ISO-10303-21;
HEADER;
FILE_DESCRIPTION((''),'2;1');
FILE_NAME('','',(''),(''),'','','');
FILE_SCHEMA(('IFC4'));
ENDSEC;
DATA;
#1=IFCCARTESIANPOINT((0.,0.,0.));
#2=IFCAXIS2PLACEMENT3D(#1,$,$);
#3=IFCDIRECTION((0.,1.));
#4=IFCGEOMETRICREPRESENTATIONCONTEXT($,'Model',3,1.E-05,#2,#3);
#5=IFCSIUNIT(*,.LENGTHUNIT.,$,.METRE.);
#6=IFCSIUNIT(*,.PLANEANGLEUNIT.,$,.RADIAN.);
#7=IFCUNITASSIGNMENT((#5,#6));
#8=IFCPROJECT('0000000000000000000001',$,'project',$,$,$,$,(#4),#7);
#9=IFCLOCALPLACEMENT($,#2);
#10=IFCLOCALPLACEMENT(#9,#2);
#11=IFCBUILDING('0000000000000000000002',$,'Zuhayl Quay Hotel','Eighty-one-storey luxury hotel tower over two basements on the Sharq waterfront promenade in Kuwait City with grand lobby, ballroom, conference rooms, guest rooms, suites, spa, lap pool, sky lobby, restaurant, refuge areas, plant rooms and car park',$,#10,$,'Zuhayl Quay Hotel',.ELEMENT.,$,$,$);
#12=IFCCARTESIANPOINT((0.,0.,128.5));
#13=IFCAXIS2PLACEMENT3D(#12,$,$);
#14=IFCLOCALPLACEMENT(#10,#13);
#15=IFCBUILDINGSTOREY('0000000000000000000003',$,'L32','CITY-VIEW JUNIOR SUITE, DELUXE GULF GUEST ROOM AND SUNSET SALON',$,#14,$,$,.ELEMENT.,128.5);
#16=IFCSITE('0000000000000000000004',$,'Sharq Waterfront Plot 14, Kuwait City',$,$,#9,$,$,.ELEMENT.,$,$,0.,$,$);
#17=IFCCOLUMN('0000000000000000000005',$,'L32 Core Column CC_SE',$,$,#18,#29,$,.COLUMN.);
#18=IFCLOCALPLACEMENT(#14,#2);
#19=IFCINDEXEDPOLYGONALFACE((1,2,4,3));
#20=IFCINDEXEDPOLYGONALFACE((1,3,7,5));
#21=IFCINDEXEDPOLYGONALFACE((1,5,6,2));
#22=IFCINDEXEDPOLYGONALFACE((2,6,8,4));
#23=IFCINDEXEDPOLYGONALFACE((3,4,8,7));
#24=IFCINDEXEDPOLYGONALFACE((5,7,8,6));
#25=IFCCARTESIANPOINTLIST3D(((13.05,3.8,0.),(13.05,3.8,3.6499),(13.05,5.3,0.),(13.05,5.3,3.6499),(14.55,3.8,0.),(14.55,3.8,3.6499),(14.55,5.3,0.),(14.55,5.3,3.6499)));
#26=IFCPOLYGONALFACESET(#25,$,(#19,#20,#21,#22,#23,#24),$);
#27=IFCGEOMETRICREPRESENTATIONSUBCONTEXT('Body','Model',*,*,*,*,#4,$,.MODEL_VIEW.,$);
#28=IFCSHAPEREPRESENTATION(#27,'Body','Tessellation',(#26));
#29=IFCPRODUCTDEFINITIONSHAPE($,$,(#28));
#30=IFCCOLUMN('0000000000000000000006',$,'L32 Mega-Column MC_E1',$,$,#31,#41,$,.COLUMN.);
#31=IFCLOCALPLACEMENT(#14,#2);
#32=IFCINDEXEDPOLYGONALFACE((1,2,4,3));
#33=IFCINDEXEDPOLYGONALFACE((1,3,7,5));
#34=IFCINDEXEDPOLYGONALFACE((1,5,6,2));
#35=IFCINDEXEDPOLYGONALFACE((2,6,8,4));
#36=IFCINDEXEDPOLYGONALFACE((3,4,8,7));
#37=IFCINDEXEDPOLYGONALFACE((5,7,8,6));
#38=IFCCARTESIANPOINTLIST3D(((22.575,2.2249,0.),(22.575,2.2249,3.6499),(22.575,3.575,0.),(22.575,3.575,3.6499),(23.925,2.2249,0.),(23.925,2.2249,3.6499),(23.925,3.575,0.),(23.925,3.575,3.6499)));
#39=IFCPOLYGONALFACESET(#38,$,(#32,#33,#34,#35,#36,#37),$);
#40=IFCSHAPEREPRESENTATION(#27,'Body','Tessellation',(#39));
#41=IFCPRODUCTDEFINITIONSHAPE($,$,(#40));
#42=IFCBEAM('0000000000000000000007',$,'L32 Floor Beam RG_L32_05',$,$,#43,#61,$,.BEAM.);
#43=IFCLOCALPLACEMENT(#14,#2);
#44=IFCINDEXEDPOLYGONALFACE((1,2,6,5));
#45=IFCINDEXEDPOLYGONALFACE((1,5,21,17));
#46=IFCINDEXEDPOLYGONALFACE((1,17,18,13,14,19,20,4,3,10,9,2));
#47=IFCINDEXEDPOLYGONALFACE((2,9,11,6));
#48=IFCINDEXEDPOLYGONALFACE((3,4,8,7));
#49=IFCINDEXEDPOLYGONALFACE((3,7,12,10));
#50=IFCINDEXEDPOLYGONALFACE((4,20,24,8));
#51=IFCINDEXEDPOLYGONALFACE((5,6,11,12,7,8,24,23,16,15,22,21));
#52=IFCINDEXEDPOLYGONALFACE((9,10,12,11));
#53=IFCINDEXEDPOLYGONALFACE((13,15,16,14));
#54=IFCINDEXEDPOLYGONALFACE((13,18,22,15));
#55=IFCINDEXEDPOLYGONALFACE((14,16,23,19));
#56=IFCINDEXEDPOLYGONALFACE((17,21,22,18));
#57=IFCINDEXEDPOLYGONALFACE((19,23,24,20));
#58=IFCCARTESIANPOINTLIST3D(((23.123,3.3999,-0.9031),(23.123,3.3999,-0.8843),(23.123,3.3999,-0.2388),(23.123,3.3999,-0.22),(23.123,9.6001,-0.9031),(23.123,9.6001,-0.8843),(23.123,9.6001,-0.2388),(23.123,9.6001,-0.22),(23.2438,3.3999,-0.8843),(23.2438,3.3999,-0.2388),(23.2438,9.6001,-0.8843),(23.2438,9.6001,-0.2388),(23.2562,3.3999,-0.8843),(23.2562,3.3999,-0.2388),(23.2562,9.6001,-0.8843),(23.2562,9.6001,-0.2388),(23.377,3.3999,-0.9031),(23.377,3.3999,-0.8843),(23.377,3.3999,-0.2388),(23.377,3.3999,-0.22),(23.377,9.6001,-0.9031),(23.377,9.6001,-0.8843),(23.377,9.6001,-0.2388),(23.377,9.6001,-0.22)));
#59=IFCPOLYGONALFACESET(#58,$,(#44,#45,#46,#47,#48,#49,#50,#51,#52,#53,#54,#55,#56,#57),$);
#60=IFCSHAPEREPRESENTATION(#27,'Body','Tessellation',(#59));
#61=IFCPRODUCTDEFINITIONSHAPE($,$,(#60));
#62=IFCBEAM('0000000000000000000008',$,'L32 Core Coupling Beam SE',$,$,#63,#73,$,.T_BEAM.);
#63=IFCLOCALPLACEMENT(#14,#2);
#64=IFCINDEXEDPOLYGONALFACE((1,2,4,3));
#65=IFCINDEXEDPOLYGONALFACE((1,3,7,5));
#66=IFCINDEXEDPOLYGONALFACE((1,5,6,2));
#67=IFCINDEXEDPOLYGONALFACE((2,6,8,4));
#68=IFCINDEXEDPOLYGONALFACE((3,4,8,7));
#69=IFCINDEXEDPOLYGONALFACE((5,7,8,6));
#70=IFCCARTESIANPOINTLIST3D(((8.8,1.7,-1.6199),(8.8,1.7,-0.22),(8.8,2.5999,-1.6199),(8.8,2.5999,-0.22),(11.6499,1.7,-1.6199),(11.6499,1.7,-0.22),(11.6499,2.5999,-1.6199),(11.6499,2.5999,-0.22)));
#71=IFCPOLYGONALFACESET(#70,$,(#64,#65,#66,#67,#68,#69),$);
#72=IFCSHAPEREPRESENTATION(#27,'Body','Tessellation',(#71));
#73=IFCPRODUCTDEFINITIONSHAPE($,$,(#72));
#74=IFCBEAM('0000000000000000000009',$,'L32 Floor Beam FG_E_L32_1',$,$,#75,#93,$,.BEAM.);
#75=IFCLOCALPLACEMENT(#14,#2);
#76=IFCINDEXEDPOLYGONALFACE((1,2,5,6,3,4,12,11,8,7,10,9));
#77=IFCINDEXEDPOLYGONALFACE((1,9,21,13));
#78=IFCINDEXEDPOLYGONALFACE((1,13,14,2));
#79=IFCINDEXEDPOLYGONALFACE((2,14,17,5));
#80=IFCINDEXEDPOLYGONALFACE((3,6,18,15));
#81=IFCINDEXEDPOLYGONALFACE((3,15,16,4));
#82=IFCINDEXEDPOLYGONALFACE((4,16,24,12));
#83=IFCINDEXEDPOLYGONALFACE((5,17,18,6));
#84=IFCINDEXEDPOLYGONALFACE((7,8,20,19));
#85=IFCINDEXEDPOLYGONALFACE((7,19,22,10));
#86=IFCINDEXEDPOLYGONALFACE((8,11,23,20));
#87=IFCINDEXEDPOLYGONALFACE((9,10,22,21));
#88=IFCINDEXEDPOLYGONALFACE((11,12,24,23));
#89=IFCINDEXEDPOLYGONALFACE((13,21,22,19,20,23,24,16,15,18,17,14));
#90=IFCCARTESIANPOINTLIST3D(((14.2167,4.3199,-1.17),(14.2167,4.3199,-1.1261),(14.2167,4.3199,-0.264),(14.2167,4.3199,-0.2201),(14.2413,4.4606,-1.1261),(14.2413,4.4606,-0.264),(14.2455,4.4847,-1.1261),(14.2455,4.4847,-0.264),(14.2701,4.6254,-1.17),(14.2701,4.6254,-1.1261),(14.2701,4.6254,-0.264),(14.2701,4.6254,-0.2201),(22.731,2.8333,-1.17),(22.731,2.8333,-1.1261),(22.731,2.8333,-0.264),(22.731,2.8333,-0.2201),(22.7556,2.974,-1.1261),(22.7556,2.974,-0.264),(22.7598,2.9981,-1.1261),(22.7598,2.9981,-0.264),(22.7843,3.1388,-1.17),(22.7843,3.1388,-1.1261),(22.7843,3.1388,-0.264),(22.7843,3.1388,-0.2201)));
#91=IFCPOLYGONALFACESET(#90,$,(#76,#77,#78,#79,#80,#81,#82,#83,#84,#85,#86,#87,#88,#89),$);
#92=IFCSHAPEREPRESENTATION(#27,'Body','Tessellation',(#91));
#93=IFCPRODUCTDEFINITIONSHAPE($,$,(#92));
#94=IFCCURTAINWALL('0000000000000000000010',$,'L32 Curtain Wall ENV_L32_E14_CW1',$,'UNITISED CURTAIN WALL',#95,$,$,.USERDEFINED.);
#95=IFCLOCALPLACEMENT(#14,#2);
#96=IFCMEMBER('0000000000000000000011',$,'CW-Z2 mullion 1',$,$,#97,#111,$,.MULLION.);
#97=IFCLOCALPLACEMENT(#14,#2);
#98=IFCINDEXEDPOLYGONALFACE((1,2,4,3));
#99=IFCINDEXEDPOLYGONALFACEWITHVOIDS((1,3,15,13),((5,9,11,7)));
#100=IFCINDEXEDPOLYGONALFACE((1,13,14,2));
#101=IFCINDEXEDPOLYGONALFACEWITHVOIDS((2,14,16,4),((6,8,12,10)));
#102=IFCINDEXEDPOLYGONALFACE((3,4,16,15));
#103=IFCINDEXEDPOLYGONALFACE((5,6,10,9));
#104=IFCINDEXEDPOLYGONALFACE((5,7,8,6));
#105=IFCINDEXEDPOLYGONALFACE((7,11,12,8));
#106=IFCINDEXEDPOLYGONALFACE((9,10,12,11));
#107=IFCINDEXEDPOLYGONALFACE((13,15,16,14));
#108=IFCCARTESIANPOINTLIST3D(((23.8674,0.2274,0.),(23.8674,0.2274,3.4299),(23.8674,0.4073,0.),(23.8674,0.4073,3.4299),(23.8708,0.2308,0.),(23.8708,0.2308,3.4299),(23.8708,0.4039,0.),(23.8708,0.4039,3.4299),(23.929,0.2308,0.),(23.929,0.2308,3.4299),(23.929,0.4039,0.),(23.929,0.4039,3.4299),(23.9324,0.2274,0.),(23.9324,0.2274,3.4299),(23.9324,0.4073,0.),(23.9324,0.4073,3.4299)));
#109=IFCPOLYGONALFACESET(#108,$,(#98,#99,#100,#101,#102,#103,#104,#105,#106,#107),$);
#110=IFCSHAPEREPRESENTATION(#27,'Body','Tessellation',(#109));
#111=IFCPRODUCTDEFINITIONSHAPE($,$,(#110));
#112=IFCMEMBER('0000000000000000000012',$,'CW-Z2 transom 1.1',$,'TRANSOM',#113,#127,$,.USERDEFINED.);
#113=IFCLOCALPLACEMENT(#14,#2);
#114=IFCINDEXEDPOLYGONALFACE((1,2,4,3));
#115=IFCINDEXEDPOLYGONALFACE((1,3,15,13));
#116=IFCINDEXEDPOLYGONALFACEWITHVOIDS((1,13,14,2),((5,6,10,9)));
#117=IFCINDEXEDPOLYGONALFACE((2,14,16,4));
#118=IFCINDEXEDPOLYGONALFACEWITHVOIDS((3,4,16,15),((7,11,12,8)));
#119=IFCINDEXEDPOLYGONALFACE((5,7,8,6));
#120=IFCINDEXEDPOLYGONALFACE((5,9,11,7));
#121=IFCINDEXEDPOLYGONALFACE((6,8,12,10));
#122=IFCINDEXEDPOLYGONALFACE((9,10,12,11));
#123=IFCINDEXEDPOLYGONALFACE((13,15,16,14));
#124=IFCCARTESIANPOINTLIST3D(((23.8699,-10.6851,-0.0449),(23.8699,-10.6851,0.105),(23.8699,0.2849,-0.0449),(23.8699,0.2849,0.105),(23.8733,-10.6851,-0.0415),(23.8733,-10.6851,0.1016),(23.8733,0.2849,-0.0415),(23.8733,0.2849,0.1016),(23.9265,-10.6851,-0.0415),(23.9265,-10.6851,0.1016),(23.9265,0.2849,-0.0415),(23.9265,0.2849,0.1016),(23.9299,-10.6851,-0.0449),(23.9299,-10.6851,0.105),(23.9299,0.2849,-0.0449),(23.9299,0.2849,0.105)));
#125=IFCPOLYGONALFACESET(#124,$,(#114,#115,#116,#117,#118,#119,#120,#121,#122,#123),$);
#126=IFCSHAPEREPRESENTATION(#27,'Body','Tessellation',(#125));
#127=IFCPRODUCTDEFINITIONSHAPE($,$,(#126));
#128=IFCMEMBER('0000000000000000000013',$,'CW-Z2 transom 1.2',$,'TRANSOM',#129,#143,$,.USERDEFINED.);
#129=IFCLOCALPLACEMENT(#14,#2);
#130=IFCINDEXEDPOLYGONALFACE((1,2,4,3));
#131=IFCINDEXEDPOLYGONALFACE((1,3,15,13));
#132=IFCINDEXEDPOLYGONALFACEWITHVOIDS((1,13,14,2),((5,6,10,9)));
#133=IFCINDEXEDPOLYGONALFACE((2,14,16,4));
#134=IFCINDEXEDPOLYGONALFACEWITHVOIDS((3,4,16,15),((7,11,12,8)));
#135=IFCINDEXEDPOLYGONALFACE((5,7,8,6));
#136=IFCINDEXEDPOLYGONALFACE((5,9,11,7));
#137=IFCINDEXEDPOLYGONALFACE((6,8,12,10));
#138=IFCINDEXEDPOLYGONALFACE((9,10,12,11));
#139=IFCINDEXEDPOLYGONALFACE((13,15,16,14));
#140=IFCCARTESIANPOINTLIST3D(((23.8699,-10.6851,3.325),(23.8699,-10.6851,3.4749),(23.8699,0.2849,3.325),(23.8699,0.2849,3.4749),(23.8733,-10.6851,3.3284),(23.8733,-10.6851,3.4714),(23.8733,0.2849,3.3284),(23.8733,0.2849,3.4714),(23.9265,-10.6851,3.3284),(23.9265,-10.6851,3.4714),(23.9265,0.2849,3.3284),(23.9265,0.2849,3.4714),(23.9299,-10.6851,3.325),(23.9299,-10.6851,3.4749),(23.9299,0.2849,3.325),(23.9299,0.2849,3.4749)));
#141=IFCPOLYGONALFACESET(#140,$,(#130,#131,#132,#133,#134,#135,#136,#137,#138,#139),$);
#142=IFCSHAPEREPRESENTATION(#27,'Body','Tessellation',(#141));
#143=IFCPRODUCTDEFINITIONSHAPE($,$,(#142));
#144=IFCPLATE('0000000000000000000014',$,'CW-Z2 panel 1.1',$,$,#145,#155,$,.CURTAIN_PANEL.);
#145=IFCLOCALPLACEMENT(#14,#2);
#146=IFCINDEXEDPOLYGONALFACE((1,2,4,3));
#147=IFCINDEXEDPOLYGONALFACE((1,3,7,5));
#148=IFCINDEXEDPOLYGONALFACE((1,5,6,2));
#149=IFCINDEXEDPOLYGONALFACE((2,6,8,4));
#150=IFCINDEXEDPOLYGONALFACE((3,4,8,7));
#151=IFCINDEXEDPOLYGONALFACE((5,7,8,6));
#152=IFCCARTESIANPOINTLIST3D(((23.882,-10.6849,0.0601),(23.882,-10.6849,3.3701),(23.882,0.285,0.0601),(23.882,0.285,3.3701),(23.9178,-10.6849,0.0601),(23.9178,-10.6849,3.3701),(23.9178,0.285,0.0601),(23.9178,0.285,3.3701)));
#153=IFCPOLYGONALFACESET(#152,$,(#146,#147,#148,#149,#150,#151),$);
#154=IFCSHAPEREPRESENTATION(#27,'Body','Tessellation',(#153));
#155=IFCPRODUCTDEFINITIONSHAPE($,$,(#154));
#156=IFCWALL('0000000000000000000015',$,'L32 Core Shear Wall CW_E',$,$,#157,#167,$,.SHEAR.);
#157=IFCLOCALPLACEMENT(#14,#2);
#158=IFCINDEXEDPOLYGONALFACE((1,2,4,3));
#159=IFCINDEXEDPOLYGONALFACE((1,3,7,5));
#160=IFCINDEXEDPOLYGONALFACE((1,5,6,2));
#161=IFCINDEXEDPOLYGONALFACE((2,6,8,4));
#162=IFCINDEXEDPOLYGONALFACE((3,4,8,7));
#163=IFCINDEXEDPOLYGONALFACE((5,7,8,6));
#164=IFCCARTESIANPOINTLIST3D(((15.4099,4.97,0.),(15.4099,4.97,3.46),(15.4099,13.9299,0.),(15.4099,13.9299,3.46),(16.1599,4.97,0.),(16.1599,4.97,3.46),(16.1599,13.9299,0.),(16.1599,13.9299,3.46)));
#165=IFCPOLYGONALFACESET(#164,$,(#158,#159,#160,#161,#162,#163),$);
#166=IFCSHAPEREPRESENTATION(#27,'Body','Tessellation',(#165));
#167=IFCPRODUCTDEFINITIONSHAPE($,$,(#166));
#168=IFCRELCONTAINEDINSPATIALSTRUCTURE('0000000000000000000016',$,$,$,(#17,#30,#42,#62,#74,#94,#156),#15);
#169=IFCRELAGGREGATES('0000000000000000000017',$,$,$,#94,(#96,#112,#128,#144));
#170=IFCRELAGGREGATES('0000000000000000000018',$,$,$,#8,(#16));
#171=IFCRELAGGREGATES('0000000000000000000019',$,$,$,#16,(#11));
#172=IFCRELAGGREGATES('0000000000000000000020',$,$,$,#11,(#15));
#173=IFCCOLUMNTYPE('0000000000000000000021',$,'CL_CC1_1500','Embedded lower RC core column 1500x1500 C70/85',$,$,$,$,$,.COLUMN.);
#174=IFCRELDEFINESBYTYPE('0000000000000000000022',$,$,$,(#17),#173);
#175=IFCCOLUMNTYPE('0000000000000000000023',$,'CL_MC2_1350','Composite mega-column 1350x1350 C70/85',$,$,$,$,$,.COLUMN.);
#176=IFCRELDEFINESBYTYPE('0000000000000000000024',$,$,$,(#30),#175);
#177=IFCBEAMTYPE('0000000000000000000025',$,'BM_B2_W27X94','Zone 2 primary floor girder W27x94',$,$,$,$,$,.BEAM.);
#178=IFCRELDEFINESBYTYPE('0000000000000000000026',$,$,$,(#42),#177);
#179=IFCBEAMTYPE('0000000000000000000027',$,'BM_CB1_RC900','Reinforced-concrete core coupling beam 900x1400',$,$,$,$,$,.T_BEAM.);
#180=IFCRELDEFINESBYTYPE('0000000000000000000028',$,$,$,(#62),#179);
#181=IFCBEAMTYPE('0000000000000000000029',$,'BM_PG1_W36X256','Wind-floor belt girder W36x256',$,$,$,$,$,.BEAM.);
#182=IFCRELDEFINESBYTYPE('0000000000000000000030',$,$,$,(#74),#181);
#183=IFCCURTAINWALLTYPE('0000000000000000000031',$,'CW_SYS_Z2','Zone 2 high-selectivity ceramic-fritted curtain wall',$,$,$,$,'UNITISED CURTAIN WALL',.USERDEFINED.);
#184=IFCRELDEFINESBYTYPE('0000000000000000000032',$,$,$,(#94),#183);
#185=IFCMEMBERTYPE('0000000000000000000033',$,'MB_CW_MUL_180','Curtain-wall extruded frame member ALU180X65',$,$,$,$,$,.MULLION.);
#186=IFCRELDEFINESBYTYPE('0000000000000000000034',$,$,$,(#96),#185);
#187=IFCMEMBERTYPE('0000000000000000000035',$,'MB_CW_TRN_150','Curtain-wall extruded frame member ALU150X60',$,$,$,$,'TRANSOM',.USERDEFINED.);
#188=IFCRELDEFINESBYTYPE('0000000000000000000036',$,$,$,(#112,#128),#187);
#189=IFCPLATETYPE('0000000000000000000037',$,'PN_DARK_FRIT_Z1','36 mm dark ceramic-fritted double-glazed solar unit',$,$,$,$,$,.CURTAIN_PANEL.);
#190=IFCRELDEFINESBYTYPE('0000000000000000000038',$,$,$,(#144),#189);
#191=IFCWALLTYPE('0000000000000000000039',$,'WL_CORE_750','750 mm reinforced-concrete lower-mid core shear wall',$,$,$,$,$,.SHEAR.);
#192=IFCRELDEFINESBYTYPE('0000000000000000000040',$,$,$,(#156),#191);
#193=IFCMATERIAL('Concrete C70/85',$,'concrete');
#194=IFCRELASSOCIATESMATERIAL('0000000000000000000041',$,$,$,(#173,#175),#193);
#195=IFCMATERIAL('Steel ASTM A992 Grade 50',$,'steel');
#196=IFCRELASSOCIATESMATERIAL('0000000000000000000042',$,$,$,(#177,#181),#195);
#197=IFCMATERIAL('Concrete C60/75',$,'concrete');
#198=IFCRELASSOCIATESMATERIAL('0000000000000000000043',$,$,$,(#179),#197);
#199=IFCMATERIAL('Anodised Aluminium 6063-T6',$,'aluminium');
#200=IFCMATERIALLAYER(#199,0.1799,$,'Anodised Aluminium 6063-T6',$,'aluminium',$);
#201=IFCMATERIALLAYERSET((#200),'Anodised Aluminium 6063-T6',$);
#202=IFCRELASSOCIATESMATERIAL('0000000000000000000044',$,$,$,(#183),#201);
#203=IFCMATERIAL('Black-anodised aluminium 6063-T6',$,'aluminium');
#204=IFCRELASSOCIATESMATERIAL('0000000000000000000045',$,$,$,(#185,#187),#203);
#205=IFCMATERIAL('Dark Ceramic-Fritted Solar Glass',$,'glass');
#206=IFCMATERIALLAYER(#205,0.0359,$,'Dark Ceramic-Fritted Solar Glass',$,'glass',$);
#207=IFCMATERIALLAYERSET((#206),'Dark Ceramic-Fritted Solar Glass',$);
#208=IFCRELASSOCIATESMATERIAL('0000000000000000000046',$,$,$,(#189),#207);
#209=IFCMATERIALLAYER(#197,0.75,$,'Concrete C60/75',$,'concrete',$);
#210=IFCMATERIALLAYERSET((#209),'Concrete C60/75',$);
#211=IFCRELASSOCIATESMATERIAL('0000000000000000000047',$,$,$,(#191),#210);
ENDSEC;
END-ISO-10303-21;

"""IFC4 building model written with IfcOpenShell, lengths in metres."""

from ifc_helpers import new_model, si_unit, direction, frame, frame_2d, origin, origin_2d, place, context, subcontext, project, spatial, rectangle, hollow_rectangle, i_section, extrude, material, layer, layer_set, material_profile, profile_set, type_object, element, aggregate, save


model = new_model("IFC4")

# Units and contexts
model_context = context("Model", 3, precision=1e-05, world=origin(), true_north=direction((0.0, 1.0)))
body_context = subcontext(model_context, "Body", "Model", "MODEL_VIEW")
ifc_project = project(units=[si_unit("LENGTHUNIT", "METRE"), si_unit("PLANEANGLEUNIT", "RADIAN")], contexts=[model_context])

# Site, building, storey
site_placement = place(None, origin())
site = spatial("IfcSite", under=ifc_project, at=site_placement, Name="Sharq Waterfront Plot 14, Kuwait City", CompositionType="ELEMENT", RefElevation=0.0)
building_placement = place(site_placement, origin())
building = spatial("IfcBuilding", under=site, at=building_placement, Name="Zuhayl Quay Hotel", Description="Eighty-one-storey luxury hotel tower over two basements on the Sharq waterfront promenade in Kuwait City with grand lobby, ballroom, conference rooms, guest rooms, suites, spa, lap pool, sky lobby, restaurant, refuge areas, plant rooms and car park", LongName="Zuhayl Quay Hotel", CompositionType="ELEMENT")
storey_placement = place(building_placement, frame((0.0, 0.0, 128.5)))
storey = spatial("IfcBuildingStorey", under=building, at=storey_placement, Name="L32", Description="CITY-VIEW JUNIOR SUITE, DELUXE GULF GUEST ROOM AND SUNSET SALON", CompositionType="ELEMENT", Elevation=128.5)

# Columns
ifc_material_1 = material(Name="Concrete C70/85", Category="concrete")
ifc_material_profile_1 = material_profile(ifc_material_1, rectangle(XDim=1.5, YDim=1.5, at=origin_2d()), Name="RC1500X1500")
ifc_profile_set_1 = profile_set([ifc_material_profile_1], Name="Concrete C70/85")
column_type_1 = type_object("IfcColumnType", Name="CL_CC1_1500", Description="Embedded lower RC core column 1500x1500 C70/85", PredefinedType="COLUMN", material=ifc_profile_set_1)
column_1_placement = place(storey_placement, frame((13.8, 4.55, 0.0), z_axis=(0.0, 0.0, 1.0), x_axis=(1.0, 0.0, 0.0)))
element("IfcColumn", 1, at=column_1_placement, inside=storey, type_object=column_type_1, Name="L32 Core Column CC_SE", PredefinedType="COLUMN", context=body_context, shape_type="SweptSolid", body=[
    extrude(rectangle(XDim=1.5, YDim=1.5, at=origin_2d()), origin(), (0.0, 0.0, 1.0), 3.6499),
])
ifc_material_profile_2 = material_profile(ifc_material_1, rectangle(XDim=1.3501, YDim=1.3501, at=origin_2d()), Name="RC1350X1350")
ifc_profile_set_2 = profile_set([ifc_material_profile_2], Name="Concrete C70/85")
column_type_2 = type_object("IfcColumnType", Name="CL_MC2_1350", Description="Composite mega-column 1350x1350 C70/85", PredefinedType="COLUMN", material=ifc_profile_set_2)
column_2_placement = place(storey_placement, frame((23.25, 2.8999, 0.0), z_axis=(0.0, 0.0, 1.0), x_axis=(1.0, 0.0, 0.0)))
element("IfcColumn", 2, at=column_2_placement, inside=storey, type_object=column_type_2, Name="L32 Mega-Column MC_E1", PredefinedType="COLUMN", context=body_context, shape_type="SweptSolid", body=[
    extrude(rectangle(XDim=1.3501, YDim=1.3501, at=origin_2d()), origin(), (0.0, 0.0, 1.0), 3.6499),
])

# Beams
ifc_material_2 = material(Name="Steel ASTM A992 Grade 50", Category="steel")
ifc_material_profile_3 = material_profile(ifc_material_2, i_section(OverallWidth=0.2539, OverallDepth=0.6831, WebThickness=0.0125, FlangeThickness=0.0188, at=origin_2d()), Name="W27X94")
ifc_profile_set_3 = profile_set([ifc_material_profile_3], Name="Steel ASTM A992 Grade 50")
beam_type_1 = type_object("IfcBeamType", Name="BM_B2_W27X94", Description="Zone 2 primary floor girder W27x94", PredefinedType="BEAM", material=ifc_profile_set_3)
beam_1_placement = place(storey_placement, frame((23.25, 3.3999, -0.5615), z_axis=(0.0, 1.0, 0.0), x_axis=(-1.0, 0.0, 0.0)))
element("IfcBeam", 3, at=beam_1_placement, inside=storey, type_object=beam_type_1, Name="L32 Floor Beam RG_L32_05", PredefinedType="BEAM", context=body_context, shape_type="SweptSolid", body=[
    extrude(i_section(OverallWidth=0.2539, OverallDepth=0.6831, WebThickness=0.0125, FlangeThickness=0.0188, at=origin_2d()), origin(), (0.0, 0.0, 1.0), 6.2002),
])
ifc_material_3 = material(Name="Concrete C60/75", Category="concrete")
ifc_material_profile_4 = material_profile(ifc_material_3, rectangle(XDim=0.8999, YDim=1.3999, at=origin_2d()), Name="RC900X1400")
ifc_profile_set_4 = profile_set([ifc_material_profile_4], Name="Concrete C60/75")
beam_type_2 = type_object("IfcBeamType", Name="BM_CB1_RC900", Description="Reinforced-concrete core coupling beam 900x1400", PredefinedType="T_BEAM", material=ifc_profile_set_4)
beam_2_placement = place(storey_placement, frame((8.8, 2.1499, -0.9199), z_axis=(1.0, 0.0, 0.0), x_axis=(0.0, 1.0, 0.0)))
element("IfcBeam", 4, at=beam_2_placement, inside=storey, type_object=beam_type_2, Name="L32 Core Coupling Beam SE", PredefinedType="T_BEAM", context=body_context, shape_type="SweptSolid", body=[
    extrude(rectangle(XDim=0.8999, YDim=1.3999, at=origin_2d()), origin(), (0.0, 0.0, 1.0), 2.8499),
])
ifc_material_profile_5 = material_profile(ifc_material_2, i_section(OverallWidth=0.3101, OverallDepth=0.95, WebThickness=0.0244, FlangeThickness=0.0439, at=origin_2d()), Name="W36X256")
ifc_profile_set_5 = profile_set([ifc_material_profile_5], Name="Steel ASTM A992 Grade 50")
beam_type_3 = type_object("IfcBeamType", Name="BM_PG1_W36X256", Description="Wind-floor belt girder W36x256", PredefinedType="BEAM", material=ifc_profile_set_5)
beam_3_placement = place(storey_placement, frame((14.2434, 4.4727, -0.6951), z_axis=(0.985097, -0.171998, 0.0), x_axis=(0.171998, 0.985097, 0.0)))
element("IfcBeam", 5, at=beam_3_placement, inside=storey, type_object=beam_type_3, Name="L32 Floor Beam FG_E_L32_1", PredefinedType="BEAM", context=body_context, shape_type="SweptSolid", body=[
    extrude(i_section(OverallWidth=0.3101, OverallDepth=0.95, WebThickness=0.0244, FlangeThickness=0.0439, at=origin_2d()), origin(), (0.0, 0.0, 1.0), 8.6431),
])

# Curtain wall, members, plate
ifc_material_4 = material(Name="Anodised Aluminium 6063-T6", Category="aluminium")
ifc_layer_1 = layer(ifc_material_4, 0.1799, Name="Anodised Aluminium 6063-T6", Category="aluminium")
ifc_layer_set_1 = layer_set([ifc_layer_1], Name="Anodised Aluminium 6063-T6")
curtain_wall_type = type_object("IfcCurtainWallType", Name="CW_SYS_Z2", Description="Zone 2 high-selectivity ceramic-fritted curtain wall", ElementType="UNITISED CURTAIN WALL", PredefinedType="USERDEFINED", material=ifc_layer_set_1)
curtain_wall_placement = place(storey_placement, origin())
curtain_wall = element("IfcCurtainWall", 6, at=curtain_wall_placement, inside=storey, type_object=curtain_wall_type, Name="L32 Curtain Wall ENV_L32_E14_CW1", ObjectType="UNITISED CURTAIN WALL", PredefinedType="USERDEFINED")
ifc_material_5 = material(Name="Black-anodised aluminium 6063-T6", Category="aluminium")
ifc_material_profile_6 = material_profile(ifc_material_5, hollow_rectangle(XDim=0.0649, YDim=0.1799, WallThickness=0.0034, at=origin_2d()), Name="ALU180X65")
ifc_profile_set_6 = profile_set([ifc_material_profile_6], Name="Black-anodised aluminium 6063-T6")
member_type_1 = type_object("IfcMemberType", Name="MB_CW_MUL_180", Description="Curtain-wall extruded frame member ALU180X65", PredefinedType="MULLION", material=ifc_profile_set_6)
member_1_placement = place(storey_placement, frame((23.8999, 0.3174, 0.0), z_axis=(0.0, 0.0, 1.0), x_axis=(1.0, 0.0, 0.0)))
member_1 = element("IfcMember", 7, at=member_1_placement, type_object=member_type_1, Name="CW-Z2 mullion 1", PredefinedType="MULLION", context=body_context, shape_type="SweptSolid", body=[
    extrude(hollow_rectangle(XDim=0.0649, YDim=0.1799, WallThickness=0.0034, at=origin_2d()), origin(), (0.0, 0.0, 1.0), 3.4299),
])
ifc_material_profile_7 = material_profile(ifc_material_5, hollow_rectangle(XDim=0.0601, YDim=0.1499, WallThickness=0.0034, at=origin_2d()), Name="ALU150X60")
ifc_profile_set_7 = profile_set([ifc_material_profile_7], Name="Black-anodised aluminium 6063-T6")
member_type_2 = type_object("IfcMemberType", Name="MB_CW_TRN_150", Description="Curtain-wall extruded frame member ALU150X60", ElementType="TRANSOM", PredefinedType="USERDEFINED", material=ifc_profile_set_7)
member_2_placement = place(storey_placement, frame((23.8999, 0.2849, 0.03), z_axis=(0.0, -1.0, 0.0), x_axis=(1.0, 0.0, 0.0)))
member_2 = element("IfcMember", 8, at=member_2_placement, type_object=member_type_2, Name="CW-Z2 transom 1.1", ObjectType="TRANSOM", PredefinedType="USERDEFINED", context=body_context, shape_type="SweptSolid", body=[
    extrude(hollow_rectangle(XDim=0.0601, YDim=0.1499, WallThickness=0.0034, at=origin_2d()), origin(), (0.0, 0.0, 1.0), 10.97),
])
member_3_placement = place(storey_placement, frame((23.8999, 0.2849, 3.3999), z_axis=(0.0, -1.0, 0.0), x_axis=(1.0, 0.0, 0.0)))
member_3 = element("IfcMember", 9, at=member_3_placement, type_object=member_type_2, Name="CW-Z2 transom 1.2", ObjectType="TRANSOM", PredefinedType="USERDEFINED", context=body_context, shape_type="SweptSolid", body=[
    extrude(hollow_rectangle(XDim=0.0601, YDim=0.1499, WallThickness=0.0034, at=origin_2d()), origin(), (0.0, 0.0, 1.0), 10.97),
])
ifc_material_6 = material(Name="Dark Ceramic-Fritted Solar Glass", Category="glass")
ifc_layer_2 = layer(ifc_material_6, 0.0359, Name="Dark Ceramic-Fritted Solar Glass", Category="glass")
ifc_layer_set_2 = layer_set([ifc_layer_2], Name="Dark Ceramic-Fritted Solar Glass")
plate_type = type_object("IfcPlateType", Name="PN_DARK_FRIT_Z1", Description="36 mm dark ceramic-fritted double-glazed solar unit", PredefinedType="CURTAIN_PANEL", material=ifc_layer_set_2)
plate_placement = place(storey_placement, frame((23.8999, -5.2, 0.0601), z_axis=(0.0, 0.0, 1.0), x_axis=(0.0, -1.0, 0.0)))
plate = element("IfcPlate", 10, at=plate_placement, type_object=plate_type, Name="CW-Z2 panel 1.1", PredefinedType="CURTAIN_PANEL", context=body_context, shape_type="SweptSolid", body=[
    extrude(rectangle(XDim=10.97, YDim=0.0359, at=origin_2d()), origin(), (0.0, 0.0, 1.0), 3.3101),
])
aggregate(curtain_wall, [member_1, member_2, member_3, plate])

# Wall
ifc_layer_3 = layer(ifc_material_3, 0.75, Name="Concrete C60/75", Category="concrete")
ifc_layer_set_3 = layer_set([ifc_layer_3], Name="Concrete C60/75")
wall_type_1 = type_object("IfcWallType", Name="WL_CORE_750", Description="750 mm reinforced-concrete lower-mid core shear wall", PredefinedType="SHEAR", material=ifc_layer_set_3)
wall_1_placement = place(storey_placement, frame((15.7849, 4.97, 0.0), z_axis=(0.0, 0.0, 1.0), x_axis=(0.0, 1.0, 0.0)))
element("IfcWall", 11, at=wall_1_placement, inside=storey, type_object=wall_type_1, Name="L32 Core Shear Wall CW_E", PredefinedType="SHEAR", context=body_context, shape_type="SweptSolid", body=[
    extrude(rectangle(XDim=8.96, YDim=0.75, at=frame_2d((4.48, 0.0))), origin(), (0.0, 0.0, 1.0), 3.46),
])

save(model, "model.ifc")
